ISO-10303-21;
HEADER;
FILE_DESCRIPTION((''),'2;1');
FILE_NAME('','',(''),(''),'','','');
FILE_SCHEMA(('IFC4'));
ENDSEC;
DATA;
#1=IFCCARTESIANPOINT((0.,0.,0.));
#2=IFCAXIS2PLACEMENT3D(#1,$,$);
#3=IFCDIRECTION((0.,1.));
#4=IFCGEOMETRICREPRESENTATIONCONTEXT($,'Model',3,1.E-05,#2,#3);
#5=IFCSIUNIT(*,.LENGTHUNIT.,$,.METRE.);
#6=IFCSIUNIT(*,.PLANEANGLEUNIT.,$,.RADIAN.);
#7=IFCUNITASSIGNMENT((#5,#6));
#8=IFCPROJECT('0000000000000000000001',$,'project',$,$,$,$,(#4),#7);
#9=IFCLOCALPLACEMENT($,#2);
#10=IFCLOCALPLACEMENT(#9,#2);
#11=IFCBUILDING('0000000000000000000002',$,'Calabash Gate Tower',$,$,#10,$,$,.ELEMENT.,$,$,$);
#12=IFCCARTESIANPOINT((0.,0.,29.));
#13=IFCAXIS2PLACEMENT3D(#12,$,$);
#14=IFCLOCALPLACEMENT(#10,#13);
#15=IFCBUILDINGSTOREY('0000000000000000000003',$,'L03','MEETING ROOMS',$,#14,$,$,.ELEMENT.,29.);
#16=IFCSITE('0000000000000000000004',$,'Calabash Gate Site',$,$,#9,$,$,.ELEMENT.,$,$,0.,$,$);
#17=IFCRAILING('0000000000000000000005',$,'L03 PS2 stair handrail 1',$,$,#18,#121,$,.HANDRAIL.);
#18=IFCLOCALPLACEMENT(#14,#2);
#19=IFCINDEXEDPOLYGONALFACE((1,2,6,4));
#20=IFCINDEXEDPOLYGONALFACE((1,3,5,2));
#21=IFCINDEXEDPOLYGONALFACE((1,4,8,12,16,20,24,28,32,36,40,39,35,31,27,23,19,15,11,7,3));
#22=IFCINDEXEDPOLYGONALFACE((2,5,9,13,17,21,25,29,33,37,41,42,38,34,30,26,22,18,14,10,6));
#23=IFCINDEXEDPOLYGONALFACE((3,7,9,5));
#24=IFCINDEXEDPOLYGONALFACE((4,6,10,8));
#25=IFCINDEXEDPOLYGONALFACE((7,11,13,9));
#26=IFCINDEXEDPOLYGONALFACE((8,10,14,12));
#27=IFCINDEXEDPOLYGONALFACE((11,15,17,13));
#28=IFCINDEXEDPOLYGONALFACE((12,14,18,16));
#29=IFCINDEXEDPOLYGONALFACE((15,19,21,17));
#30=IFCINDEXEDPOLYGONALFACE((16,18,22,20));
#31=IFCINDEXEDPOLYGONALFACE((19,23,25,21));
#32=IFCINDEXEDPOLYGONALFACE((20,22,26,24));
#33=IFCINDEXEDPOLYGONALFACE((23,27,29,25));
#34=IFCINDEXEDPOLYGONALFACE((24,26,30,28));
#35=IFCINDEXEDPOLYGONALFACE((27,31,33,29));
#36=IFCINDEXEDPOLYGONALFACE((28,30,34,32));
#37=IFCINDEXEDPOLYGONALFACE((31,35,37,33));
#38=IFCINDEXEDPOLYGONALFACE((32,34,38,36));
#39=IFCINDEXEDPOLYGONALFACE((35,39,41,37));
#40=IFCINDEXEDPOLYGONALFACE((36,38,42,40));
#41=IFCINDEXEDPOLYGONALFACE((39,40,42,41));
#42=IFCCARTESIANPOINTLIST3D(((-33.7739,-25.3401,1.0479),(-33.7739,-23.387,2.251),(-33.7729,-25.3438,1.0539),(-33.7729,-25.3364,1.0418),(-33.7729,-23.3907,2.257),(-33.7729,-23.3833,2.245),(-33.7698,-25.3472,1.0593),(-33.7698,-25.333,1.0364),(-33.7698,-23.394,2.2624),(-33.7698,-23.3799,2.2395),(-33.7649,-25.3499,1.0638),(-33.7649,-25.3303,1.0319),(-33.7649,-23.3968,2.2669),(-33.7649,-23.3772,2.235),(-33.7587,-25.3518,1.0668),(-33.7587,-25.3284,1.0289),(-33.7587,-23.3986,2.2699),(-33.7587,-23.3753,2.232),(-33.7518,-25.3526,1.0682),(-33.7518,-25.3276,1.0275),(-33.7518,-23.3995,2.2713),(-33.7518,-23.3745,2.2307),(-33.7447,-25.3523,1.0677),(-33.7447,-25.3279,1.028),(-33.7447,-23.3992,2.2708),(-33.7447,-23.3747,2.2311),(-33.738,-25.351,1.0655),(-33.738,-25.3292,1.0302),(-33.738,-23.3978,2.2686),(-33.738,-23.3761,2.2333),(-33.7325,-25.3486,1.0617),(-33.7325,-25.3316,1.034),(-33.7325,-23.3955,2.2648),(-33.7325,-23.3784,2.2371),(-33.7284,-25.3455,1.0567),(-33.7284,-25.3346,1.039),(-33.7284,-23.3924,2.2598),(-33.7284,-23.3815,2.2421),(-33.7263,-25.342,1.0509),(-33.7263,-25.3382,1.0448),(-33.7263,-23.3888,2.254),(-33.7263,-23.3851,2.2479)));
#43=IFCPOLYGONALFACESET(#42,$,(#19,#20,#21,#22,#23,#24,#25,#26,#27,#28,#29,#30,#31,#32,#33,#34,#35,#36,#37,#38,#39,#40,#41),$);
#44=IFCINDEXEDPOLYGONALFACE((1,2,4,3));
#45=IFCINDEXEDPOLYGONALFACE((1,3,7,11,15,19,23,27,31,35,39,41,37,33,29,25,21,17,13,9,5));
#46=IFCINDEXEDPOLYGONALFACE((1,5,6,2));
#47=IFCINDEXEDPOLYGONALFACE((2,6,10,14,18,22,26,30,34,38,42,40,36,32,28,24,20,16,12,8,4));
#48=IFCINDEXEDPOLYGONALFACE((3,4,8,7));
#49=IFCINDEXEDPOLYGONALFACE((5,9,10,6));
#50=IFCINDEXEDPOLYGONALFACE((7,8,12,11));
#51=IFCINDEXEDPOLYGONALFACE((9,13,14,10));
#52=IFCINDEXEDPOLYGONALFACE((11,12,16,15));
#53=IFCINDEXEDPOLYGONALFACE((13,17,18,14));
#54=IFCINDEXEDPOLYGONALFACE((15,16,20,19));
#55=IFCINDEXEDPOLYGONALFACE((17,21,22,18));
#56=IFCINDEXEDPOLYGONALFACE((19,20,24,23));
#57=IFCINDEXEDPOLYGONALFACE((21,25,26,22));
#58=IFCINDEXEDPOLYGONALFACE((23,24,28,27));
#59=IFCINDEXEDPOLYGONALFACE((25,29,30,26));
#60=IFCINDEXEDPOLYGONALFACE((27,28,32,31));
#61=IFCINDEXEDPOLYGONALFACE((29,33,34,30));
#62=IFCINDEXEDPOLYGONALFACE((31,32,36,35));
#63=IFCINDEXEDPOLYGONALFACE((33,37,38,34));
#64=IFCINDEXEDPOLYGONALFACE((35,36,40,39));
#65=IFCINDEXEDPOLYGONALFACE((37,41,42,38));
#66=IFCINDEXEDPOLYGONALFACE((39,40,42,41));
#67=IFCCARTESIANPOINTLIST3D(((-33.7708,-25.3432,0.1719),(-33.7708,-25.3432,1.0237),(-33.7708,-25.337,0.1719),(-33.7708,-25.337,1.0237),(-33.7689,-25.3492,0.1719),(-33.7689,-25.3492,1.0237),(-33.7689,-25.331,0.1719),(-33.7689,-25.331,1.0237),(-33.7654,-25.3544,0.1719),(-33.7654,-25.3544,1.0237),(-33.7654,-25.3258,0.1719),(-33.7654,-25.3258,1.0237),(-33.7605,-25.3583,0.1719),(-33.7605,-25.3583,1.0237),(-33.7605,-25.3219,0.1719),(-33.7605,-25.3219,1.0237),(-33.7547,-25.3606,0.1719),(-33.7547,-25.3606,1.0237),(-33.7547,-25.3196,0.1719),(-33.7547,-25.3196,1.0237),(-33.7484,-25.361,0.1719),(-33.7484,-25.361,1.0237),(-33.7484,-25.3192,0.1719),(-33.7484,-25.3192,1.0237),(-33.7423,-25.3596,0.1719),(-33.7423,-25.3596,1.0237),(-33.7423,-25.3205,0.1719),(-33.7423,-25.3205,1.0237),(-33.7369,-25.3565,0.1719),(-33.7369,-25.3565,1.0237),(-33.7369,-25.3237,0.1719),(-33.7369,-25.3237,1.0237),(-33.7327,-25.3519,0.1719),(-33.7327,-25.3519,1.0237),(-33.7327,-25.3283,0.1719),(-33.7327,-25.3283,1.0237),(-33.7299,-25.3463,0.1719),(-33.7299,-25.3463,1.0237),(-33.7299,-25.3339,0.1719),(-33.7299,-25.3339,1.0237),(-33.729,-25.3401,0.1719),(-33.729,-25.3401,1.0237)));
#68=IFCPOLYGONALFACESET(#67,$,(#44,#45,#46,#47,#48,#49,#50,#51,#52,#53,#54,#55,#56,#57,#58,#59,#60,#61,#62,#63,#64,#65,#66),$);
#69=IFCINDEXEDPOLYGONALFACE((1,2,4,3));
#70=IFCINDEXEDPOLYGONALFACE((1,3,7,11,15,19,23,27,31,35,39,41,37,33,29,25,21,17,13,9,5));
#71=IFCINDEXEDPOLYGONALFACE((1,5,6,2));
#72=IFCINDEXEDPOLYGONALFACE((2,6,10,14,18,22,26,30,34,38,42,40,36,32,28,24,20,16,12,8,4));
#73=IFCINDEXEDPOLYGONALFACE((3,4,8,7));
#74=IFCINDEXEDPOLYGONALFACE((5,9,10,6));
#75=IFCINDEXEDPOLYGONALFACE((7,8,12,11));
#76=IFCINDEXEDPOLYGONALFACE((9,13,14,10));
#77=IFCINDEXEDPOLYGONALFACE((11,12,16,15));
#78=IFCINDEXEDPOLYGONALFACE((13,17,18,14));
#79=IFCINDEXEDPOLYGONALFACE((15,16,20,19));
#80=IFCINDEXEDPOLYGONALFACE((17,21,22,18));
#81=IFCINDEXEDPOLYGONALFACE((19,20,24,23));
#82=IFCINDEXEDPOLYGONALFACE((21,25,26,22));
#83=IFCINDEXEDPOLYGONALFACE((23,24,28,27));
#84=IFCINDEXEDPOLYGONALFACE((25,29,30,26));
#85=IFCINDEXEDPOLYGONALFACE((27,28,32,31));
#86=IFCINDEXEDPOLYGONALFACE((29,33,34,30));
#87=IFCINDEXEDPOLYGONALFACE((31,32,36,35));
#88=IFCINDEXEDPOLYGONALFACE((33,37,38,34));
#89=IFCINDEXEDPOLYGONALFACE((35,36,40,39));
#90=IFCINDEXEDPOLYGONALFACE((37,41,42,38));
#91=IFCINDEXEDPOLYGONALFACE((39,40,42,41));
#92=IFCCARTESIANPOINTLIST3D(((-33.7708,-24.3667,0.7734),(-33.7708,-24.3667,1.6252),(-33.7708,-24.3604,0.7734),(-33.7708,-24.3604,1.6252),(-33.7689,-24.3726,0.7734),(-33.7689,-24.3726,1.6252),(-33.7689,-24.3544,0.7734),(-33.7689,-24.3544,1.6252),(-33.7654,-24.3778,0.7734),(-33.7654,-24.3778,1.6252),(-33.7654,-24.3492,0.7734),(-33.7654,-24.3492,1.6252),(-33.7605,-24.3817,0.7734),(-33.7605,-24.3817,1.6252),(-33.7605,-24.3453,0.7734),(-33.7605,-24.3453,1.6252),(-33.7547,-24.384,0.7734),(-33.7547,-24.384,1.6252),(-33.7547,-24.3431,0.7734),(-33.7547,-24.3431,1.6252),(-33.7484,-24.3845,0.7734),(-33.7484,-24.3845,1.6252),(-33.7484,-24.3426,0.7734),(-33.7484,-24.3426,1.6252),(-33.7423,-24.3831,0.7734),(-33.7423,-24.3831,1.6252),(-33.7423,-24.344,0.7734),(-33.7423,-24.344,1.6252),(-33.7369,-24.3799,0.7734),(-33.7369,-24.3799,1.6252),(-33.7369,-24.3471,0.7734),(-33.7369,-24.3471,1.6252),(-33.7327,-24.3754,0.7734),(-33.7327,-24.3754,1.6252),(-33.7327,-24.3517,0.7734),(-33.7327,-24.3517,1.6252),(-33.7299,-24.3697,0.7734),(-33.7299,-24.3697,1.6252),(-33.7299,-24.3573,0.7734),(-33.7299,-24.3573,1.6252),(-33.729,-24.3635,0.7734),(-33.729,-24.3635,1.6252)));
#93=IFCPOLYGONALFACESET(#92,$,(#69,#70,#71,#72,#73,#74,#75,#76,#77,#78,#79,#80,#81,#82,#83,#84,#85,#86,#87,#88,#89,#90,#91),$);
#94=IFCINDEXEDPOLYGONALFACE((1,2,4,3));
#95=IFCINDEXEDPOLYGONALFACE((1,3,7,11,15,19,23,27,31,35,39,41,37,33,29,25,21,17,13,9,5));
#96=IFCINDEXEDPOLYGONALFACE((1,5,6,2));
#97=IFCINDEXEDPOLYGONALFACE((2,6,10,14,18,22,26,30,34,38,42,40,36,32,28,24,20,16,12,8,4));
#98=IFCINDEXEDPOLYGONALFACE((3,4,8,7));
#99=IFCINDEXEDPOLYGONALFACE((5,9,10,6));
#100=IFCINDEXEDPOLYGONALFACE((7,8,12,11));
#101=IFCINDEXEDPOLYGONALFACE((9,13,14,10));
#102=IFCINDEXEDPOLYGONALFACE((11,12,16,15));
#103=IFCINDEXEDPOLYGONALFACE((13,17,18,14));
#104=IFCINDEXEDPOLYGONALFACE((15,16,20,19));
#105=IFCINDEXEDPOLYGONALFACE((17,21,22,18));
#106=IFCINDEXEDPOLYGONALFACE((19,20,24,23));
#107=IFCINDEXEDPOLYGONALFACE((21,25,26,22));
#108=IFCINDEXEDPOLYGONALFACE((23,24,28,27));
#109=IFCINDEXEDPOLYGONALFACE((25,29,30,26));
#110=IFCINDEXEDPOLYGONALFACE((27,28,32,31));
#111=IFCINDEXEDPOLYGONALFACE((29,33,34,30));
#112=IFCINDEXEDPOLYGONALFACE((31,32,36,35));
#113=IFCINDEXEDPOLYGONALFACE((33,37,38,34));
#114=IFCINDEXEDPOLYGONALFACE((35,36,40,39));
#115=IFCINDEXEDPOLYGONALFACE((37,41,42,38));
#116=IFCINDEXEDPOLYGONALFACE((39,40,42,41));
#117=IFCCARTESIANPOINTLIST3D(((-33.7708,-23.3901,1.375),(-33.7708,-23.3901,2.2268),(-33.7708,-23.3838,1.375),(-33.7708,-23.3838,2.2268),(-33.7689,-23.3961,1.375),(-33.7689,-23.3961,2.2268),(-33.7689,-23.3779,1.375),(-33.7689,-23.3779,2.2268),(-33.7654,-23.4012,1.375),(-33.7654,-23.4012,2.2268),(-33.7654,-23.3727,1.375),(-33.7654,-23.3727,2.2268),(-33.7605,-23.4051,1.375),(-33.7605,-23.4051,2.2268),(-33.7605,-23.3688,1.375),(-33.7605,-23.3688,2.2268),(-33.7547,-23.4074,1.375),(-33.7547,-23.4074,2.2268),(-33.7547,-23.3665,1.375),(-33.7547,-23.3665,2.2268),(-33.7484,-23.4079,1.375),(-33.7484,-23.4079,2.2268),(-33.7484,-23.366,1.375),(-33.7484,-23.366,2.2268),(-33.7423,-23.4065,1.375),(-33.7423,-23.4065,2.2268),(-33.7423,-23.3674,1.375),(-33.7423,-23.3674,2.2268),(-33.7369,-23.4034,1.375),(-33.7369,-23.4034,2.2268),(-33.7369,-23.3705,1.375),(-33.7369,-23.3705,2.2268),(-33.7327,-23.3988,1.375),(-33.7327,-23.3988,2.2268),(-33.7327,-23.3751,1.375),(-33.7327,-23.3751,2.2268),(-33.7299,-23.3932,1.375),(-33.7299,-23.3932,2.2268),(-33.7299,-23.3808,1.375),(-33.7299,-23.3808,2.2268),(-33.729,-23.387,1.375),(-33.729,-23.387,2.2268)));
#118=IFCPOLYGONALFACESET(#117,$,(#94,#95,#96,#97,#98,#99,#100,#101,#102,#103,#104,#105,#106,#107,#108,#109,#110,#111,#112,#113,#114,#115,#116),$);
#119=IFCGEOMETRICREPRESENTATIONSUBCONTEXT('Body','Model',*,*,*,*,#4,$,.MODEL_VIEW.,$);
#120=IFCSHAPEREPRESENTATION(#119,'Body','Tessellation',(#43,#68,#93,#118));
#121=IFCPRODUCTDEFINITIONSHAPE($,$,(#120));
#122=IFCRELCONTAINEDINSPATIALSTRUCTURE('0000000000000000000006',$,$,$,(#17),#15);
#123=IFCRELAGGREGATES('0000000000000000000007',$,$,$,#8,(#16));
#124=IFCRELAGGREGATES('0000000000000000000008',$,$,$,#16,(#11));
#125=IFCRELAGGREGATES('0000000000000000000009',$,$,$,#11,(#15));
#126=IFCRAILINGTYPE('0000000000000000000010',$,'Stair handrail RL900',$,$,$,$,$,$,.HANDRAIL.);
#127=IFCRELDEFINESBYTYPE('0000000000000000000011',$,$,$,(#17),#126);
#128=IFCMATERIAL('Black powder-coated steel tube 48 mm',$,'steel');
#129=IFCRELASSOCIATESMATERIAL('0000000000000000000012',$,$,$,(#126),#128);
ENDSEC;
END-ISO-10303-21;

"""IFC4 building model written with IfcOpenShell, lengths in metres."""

from ifc_helpers import new_model, si_unit, direction, frame, origin, origin_2d, place, context, subcontext, project, spatial, circle, extrude, material, type_object, element, save


model = new_model("IFC4")

# Units and contexts
model_context = context("Model", 3, precision=1e-05, world=origin(), true_north=direction((0.0, 1.0)))
body_context = subcontext(model_context, "Body", "Model", "MODEL_VIEW")
ifc_project = project(units=[si_unit("LENGTHUNIT", "METRE"), si_unit("PLANEANGLEUNIT", "RADIAN")], contexts=[model_context])

# Site, building, storey
site_placement = place(None, origin())
site = spatial("IfcSite", under=ifc_project, at=site_placement, Name="Calabash Gate Site", CompositionType="ELEMENT", RefElevation=0.0)
building_placement = place(site_placement, origin())
building = spatial("IfcBuilding", under=site, at=building_placement, Name="Calabash Gate Tower", CompositionType="ELEMENT")
storey_placement = place(building_placement, frame((0.0, 0.0, 29.0)))
storey = spatial("IfcBuildingStorey", under=building, at=storey_placement, Name="L03", Description="MEETING ROOMS", CompositionType="ELEMENT", Elevation=29.0)

# Railing
ifc_material_1 = material(Name="Black powder-coated steel tube 48 mm", Category="steel")
railing_type_1 = type_object("IfcRailingType", Name="Stair handrail RL900", PredefinedType="HANDRAIL", material=ifc_material_1)
railing_1_placement = place(storey_placement, frame((-33.75, -25.3401, 0.1719)))
element("IfcRailing", 1, at=railing_1_placement, inside=storey, type_object=railing_type_1, Name="L03 PS2 stair handrail 1", PredefinedType="HANDRAIL", context=body_context, shape_type="SweptSolid", body=[
    extrude(circle(Radius=0.0239, at=origin_2d()), frame((0.0, 0.0, 0.876), z_axis=(0.0, 0.851424, 0.524477), x_axis=(-1.0, 0.0, 0.0)), (0.0, 0.0, 1.0), 2.2939),
    extrude(circle(Radius=0.021, at=origin_2d()), origin(), (0.0, 0.0, 1.0), 0.8518),
    extrude(circle(Radius=0.021, at=origin_2d()), frame((0.0, 0.9766, 0.6016)), (0.0, 0.0, 1.0), 0.8518),
    extrude(circle(Radius=0.021, at=origin_2d()), frame((0.0, 1.9531, 1.2031)), (0.0, 0.0, 1.0), 0.8518),
])

save(model, "model.ifc")
